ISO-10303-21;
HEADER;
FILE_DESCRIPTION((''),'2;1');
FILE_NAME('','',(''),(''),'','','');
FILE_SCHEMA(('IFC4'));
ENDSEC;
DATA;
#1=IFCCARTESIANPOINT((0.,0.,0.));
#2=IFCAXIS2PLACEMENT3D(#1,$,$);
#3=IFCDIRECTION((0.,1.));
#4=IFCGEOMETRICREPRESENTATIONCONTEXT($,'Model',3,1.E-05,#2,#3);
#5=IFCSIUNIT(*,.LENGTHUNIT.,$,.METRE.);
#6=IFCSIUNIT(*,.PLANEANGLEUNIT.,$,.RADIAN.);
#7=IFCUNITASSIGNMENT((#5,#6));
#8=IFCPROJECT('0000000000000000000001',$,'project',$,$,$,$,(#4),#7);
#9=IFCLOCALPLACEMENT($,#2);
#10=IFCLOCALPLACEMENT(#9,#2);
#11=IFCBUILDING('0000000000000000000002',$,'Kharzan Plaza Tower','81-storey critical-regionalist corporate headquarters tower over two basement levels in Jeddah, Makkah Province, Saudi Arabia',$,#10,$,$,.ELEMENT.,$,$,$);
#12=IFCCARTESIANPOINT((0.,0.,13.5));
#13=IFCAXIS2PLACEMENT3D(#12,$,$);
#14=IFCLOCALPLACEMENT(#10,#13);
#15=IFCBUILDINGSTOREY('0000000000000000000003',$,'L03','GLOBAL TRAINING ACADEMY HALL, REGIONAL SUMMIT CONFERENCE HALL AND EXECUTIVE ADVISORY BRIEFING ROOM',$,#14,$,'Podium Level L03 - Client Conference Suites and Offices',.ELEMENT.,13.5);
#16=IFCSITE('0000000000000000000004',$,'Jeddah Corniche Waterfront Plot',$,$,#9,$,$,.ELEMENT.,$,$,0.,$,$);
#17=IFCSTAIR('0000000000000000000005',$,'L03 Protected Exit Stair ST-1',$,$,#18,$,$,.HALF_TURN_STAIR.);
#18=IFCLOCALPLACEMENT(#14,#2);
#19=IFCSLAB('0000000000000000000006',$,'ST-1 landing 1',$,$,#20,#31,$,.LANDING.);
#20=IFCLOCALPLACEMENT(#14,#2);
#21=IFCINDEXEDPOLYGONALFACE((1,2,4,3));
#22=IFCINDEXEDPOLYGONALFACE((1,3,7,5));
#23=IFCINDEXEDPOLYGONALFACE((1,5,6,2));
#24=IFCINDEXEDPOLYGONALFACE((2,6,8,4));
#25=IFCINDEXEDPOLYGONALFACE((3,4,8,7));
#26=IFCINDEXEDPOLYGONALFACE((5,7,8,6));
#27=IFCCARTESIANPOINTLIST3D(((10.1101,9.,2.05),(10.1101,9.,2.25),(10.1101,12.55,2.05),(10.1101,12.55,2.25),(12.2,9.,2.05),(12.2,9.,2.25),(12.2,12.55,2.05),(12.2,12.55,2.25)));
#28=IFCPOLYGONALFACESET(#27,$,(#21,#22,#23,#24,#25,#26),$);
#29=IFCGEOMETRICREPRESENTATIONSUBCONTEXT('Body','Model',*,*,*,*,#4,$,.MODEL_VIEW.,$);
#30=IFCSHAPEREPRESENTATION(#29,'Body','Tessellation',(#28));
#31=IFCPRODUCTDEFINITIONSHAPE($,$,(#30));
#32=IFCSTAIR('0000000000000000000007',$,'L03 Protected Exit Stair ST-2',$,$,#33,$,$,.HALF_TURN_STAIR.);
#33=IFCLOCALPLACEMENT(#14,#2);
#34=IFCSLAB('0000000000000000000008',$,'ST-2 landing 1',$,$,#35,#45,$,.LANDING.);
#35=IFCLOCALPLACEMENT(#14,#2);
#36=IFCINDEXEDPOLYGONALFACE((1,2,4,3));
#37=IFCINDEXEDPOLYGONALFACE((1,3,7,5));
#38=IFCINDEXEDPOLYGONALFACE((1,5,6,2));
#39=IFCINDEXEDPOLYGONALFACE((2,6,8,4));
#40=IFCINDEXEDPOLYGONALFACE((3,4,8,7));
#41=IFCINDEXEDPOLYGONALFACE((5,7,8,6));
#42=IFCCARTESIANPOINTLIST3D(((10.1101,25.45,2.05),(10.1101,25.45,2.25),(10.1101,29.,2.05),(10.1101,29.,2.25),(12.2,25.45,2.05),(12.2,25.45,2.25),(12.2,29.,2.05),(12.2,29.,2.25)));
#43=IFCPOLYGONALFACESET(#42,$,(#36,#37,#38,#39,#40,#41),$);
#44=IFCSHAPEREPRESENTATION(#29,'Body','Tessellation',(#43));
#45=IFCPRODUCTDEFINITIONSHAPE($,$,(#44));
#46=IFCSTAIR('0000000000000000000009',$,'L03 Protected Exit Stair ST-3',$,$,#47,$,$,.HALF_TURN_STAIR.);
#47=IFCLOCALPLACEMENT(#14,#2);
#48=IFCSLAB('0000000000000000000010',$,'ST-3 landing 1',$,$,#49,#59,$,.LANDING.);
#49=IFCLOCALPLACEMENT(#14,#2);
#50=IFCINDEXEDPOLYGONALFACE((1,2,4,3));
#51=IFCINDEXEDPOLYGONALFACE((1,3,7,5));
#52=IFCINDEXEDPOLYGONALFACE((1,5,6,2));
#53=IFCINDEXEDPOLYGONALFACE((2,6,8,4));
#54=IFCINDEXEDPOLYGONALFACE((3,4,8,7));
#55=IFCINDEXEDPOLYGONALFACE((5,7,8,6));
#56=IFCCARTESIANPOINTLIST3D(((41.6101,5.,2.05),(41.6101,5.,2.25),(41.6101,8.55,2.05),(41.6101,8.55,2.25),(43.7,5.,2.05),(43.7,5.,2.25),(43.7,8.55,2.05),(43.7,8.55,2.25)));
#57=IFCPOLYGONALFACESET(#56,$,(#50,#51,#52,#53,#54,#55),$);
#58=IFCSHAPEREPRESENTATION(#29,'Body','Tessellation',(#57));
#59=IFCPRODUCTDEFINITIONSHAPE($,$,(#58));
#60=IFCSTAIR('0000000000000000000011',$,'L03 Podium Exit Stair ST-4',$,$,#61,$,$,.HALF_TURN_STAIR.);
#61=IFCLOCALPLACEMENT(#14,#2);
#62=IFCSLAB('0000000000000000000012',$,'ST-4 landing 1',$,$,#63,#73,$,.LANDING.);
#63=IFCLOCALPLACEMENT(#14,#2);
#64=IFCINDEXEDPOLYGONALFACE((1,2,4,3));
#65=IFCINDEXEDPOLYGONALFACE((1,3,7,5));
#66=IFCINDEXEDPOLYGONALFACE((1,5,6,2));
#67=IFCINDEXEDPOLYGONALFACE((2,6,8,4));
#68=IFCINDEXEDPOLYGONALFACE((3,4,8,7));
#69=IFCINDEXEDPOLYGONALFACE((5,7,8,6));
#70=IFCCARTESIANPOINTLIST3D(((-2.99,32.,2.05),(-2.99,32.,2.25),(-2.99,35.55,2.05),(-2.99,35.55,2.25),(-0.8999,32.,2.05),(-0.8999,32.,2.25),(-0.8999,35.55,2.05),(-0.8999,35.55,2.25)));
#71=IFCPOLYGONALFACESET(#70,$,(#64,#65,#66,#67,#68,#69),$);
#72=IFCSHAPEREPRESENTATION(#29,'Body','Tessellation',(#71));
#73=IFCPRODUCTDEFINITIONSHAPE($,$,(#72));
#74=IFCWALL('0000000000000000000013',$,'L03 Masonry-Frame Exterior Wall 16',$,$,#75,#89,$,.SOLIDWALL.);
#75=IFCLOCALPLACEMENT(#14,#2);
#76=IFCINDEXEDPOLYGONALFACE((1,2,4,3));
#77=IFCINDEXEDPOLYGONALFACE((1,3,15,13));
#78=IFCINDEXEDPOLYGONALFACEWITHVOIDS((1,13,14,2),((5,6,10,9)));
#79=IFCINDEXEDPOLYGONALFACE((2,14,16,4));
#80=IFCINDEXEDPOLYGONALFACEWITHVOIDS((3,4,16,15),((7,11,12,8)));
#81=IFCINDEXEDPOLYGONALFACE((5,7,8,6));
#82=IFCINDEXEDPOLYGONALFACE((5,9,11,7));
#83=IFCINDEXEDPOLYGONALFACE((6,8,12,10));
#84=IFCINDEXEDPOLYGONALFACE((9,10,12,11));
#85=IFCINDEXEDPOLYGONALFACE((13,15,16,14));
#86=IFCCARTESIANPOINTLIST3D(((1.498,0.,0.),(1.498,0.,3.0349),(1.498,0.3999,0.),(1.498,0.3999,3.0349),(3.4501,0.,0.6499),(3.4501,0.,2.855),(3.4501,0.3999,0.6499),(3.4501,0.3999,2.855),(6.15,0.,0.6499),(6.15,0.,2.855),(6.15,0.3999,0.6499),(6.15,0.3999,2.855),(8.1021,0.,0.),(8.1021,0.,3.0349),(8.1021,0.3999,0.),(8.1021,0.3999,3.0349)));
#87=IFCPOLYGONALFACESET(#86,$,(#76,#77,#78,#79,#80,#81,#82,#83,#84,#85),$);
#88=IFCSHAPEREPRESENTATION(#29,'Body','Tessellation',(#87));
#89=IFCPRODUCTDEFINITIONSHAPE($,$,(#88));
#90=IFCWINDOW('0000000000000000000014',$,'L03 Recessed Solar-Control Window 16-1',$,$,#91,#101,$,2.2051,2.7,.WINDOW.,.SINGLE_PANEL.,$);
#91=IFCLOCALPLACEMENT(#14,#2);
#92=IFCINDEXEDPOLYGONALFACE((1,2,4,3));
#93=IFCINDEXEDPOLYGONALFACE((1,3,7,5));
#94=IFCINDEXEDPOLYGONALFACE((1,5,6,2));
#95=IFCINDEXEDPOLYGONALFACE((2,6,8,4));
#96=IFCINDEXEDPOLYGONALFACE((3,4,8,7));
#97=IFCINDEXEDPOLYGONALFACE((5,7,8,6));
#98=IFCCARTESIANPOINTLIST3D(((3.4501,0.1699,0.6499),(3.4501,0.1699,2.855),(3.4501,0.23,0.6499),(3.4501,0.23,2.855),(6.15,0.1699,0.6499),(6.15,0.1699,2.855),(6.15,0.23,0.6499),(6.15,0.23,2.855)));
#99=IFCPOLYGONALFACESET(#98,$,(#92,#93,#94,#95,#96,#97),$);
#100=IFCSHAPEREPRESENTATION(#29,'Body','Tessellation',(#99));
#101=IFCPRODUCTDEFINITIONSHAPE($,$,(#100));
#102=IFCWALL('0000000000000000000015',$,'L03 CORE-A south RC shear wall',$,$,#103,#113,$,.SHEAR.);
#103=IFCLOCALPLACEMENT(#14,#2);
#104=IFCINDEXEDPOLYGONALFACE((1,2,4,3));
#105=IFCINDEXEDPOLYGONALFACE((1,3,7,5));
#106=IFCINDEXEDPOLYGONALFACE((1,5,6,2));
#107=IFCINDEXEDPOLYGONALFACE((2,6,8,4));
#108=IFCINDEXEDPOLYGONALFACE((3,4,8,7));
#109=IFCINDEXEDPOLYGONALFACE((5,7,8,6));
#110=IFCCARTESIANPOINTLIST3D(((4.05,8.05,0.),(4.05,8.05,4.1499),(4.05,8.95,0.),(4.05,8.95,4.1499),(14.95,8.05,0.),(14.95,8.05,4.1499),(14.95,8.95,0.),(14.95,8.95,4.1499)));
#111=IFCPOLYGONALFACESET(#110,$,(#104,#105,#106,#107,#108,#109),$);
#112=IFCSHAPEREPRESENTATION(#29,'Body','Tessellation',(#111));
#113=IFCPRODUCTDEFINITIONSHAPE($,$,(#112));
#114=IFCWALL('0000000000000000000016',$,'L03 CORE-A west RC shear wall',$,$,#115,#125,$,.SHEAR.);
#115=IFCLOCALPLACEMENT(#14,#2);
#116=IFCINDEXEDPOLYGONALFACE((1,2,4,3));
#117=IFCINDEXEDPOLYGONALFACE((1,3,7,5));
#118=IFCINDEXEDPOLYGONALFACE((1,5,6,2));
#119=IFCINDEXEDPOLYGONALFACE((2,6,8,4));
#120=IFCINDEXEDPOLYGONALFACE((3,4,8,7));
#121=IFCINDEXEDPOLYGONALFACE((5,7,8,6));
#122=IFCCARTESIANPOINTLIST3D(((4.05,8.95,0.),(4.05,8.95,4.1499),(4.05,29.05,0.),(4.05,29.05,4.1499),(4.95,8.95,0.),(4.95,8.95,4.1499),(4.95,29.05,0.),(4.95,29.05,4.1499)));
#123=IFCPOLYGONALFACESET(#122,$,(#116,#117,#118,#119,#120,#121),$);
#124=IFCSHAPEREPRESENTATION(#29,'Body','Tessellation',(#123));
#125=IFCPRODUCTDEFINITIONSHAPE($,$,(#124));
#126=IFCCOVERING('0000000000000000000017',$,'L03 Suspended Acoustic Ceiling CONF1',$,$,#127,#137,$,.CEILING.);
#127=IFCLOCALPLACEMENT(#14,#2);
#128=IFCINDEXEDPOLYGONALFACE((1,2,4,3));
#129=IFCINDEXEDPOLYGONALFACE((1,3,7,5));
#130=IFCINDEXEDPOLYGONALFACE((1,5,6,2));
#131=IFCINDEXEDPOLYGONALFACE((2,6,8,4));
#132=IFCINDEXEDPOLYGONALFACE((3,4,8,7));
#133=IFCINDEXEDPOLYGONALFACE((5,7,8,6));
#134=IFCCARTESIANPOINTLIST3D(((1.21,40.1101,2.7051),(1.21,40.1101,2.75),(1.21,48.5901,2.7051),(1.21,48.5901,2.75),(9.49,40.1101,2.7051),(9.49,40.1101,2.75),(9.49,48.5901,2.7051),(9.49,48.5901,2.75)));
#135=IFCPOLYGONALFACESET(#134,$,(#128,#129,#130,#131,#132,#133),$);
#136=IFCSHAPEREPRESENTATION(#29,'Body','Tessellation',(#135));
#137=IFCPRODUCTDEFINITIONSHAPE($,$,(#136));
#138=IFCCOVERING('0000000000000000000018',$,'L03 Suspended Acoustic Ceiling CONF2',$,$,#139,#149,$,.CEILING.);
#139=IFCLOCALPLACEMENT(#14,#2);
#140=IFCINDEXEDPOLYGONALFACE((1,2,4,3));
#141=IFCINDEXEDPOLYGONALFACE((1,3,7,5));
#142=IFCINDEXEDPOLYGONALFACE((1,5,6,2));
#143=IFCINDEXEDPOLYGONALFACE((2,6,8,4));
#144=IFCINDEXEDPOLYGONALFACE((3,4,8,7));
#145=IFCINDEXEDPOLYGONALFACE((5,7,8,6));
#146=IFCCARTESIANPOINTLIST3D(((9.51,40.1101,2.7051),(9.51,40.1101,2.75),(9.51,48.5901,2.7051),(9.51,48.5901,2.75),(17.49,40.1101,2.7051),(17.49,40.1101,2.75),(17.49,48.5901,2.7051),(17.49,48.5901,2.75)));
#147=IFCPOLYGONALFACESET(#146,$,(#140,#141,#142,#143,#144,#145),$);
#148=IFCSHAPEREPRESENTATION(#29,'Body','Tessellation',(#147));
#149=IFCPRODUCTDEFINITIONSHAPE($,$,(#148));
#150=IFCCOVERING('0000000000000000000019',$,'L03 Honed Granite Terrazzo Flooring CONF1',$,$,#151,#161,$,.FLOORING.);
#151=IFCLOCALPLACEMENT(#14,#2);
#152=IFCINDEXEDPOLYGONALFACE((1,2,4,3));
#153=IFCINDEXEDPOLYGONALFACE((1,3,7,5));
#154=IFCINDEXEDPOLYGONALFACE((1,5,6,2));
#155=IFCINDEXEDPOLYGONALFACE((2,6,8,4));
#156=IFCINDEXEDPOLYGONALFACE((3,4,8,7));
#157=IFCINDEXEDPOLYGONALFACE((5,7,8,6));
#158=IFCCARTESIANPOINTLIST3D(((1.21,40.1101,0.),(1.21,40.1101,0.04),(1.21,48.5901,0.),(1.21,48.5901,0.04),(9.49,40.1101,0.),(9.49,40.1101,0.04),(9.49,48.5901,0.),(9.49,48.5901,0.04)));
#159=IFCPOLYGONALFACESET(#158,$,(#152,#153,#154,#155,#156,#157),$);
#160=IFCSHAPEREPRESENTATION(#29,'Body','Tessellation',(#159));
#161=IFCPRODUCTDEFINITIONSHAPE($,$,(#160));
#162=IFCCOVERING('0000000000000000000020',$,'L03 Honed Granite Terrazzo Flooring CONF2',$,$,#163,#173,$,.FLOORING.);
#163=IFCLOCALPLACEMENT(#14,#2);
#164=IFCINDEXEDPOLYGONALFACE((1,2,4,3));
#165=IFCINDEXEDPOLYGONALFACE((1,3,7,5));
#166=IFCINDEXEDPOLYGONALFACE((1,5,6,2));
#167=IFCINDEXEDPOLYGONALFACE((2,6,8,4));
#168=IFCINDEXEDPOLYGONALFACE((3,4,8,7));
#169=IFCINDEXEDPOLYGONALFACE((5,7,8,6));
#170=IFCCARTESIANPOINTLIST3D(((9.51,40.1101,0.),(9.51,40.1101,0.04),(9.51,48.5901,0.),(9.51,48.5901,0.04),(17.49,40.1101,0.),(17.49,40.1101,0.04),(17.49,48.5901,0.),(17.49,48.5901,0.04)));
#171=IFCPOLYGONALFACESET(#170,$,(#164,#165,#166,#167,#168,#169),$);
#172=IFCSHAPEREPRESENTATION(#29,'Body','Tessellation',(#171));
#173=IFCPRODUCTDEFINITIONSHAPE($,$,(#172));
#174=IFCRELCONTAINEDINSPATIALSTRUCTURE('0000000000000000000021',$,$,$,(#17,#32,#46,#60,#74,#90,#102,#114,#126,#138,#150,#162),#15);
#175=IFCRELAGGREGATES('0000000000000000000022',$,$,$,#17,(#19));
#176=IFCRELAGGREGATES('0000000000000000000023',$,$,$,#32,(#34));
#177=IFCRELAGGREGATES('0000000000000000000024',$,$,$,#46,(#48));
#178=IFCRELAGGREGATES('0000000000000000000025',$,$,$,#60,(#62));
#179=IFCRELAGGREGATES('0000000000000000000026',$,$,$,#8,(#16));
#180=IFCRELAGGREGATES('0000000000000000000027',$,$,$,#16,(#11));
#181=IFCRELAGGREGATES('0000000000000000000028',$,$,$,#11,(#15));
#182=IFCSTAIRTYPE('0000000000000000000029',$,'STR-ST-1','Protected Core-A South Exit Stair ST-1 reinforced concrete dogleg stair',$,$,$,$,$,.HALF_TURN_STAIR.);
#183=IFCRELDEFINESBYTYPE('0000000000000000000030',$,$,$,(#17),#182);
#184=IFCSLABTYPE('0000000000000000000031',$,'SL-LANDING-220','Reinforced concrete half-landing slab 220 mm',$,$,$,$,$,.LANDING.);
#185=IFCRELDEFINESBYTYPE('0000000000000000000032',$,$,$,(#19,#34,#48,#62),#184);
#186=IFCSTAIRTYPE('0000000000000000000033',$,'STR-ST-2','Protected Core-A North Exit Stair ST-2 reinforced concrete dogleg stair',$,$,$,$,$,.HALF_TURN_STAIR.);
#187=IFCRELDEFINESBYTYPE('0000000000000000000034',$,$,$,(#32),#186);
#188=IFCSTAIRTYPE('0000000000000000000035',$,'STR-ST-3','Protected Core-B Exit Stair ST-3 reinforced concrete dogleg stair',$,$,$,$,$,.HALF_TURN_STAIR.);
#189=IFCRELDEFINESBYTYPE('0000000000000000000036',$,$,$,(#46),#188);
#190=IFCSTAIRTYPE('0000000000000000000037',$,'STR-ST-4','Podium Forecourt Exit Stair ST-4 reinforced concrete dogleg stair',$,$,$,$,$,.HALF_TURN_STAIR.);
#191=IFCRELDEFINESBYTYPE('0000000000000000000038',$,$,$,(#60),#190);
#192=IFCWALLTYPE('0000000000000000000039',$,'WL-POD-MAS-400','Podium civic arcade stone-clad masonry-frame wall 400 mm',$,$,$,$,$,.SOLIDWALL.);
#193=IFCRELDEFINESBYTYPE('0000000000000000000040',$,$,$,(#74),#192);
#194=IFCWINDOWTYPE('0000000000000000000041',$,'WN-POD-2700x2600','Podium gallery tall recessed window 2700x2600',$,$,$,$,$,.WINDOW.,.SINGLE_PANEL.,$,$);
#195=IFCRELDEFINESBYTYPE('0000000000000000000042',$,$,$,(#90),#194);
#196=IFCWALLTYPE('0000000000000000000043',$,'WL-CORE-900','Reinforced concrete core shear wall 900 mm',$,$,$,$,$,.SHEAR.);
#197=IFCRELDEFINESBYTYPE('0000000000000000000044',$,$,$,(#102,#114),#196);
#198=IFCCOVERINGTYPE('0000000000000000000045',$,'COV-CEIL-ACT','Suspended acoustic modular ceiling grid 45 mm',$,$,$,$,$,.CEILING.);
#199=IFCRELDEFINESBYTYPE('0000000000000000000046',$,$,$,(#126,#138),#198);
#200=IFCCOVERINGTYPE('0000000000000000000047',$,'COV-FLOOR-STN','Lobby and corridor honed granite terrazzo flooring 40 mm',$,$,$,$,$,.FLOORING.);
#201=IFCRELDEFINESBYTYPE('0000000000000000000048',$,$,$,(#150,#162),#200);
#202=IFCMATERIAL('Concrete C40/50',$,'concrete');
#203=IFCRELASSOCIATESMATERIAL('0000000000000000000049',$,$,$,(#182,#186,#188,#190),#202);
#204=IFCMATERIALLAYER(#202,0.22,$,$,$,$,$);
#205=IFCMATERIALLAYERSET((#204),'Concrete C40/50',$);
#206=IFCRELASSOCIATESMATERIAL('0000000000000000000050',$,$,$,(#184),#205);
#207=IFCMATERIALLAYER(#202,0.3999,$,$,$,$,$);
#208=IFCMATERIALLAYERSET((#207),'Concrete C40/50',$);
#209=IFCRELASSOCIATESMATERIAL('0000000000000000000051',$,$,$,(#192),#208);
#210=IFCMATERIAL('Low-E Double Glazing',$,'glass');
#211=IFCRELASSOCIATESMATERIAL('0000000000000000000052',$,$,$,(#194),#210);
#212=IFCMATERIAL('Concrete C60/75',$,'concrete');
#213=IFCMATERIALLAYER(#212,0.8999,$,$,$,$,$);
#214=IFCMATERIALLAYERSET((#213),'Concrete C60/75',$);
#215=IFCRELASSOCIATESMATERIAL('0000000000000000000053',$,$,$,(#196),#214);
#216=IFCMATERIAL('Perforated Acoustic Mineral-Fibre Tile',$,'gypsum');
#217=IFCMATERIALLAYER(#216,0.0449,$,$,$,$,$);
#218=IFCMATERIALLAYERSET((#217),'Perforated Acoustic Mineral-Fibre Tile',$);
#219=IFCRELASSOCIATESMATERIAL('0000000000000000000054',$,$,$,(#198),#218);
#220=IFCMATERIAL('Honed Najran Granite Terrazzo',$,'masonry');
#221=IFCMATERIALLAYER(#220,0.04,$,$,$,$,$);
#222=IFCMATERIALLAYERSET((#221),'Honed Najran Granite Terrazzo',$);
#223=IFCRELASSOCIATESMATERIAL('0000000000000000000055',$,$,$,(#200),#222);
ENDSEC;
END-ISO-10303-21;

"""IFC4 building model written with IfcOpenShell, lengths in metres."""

from ifc_helpers import new_model, si_unit, direction, frame, frame_2d, origin, place, context, subcontext, project, spatial, polyline, rectangle, outline, extrude, source, transform, mapped, material, layer, layer_set, type_object, element, fill, aggregate, save


model = new_model("IFC4")

# Units and contexts
model_context = context("Model", 3, precision=1e-05, world=origin(), true_north=direction((0.0, 1.0)))
body_context = subcontext(model_context, "Body", "Model", "MODEL_VIEW")
ifc_project = project(units=[si_unit("LENGTHUNIT", "METRE"), si_unit("PLANEANGLEUNIT", "RADIAN")], contexts=[model_context])

# Site, building, storey
site_placement = place(None, origin())
site = spatial("IfcSite", under=ifc_project, at=site_placement, Name="Jeddah Corniche Waterfront Plot", CompositionType="ELEMENT", RefElevation=0.0)
building_placement = place(site_placement, origin())
building = spatial("IfcBuilding", under=site, at=building_placement, Name="Kharzan Plaza Tower", Description="81-storey critical-regionalist corporate headquarters tower over two basement levels in Jeddah, Makkah Province, Saudi Arabia", CompositionType="ELEMENT")
storey_placement = place(building_placement, frame((0.0, 0.0, 13.5)))
storey = spatial("IfcBuildingStorey", under=building, at=storey_placement, Name="L03", Description="GLOBAL TRAINING ACADEMY HALL, REGIONAL SUMMIT CONFERENCE HALL AND EXECUTIVE ADVISORY BRIEFING ROOM", LongName="Podium Level L03 - Client Conference Suites and Offices", CompositionType="ELEMENT", Elevation=13.5)

# Shared definitions
ifc_material_1 = material(Name="Concrete C60/75", Category="concrete")

# Shared definitions
ifc_material_2 = material(Name="Concrete C40/50", Category="concrete")

# Stairs, slabs
stair_type_1 = type_object("IfcStairType", Name="STR-ST-1", Description="Protected Core-A South Exit Stair ST-1 reinforced concrete dogleg stair", PredefinedType="HALF_TURN_STAIR", material=ifc_material_2)
stair_1_placement = place(storey_placement, origin())
stair_1 = element("IfcStair", 1, at=stair_1_placement, inside=storey, type_object=stair_type_1, Name="L03 Protected Exit Stair ST-1", PredefinedType="HALF_TURN_STAIR")
ifc_layer_1 = layer(ifc_material_2, 0.22)
ifc_layer_set_1 = layer_set([ifc_layer_1], Name="Concrete C40/50")
slab_type_1 = type_object("IfcSlabType", Name="SL-LANDING-220", Description="Reinforced concrete half-landing slab 220 mm", PredefinedType="LANDING", material=ifc_layer_set_1)
slab_1_placement = place(storey_placement, frame((0.0, 0.0, 2.05)))
slab_1 = element("IfcSlab", 2, at=slab_1_placement, type_object=slab_type_1, Name="ST-1 landing 1", PredefinedType="LANDING", context=body_context, shape_type="SweptSolid", body=[
    extrude(outline(polyline([(10.1101, 9.0), (12.2, 9.0), (12.2, 12.55), (10.1101, 12.55), (10.1101, 9.0)])), origin(), (0.0, 0.0, 1.0), 0.2),
])
aggregate(stair_1, [slab_1])
stair_type_2 = type_object("IfcStairType", Name="STR-ST-2", Description="Protected Core-A North Exit Stair ST-2 reinforced concrete dogleg stair", PredefinedType="HALF_TURN_STAIR", material=ifc_material_2)
stair_2_placement = place(storey_placement, origin())
stair_2 = element("IfcStair", 3, at=stair_2_placement, inside=storey, type_object=stair_type_2, Name="L03 Protected Exit Stair ST-2", PredefinedType="HALF_TURN_STAIR")
slab_2_placement = place(storey_placement, frame((0.0, 0.0, 2.05)))
slab_2 = element("IfcSlab", 4, at=slab_2_placement, type_object=slab_type_1, Name="ST-2 landing 1", PredefinedType="LANDING", context=body_context, shape_type="SweptSolid", body=[
    extrude(outline(polyline([(10.1101, 25.45), (12.2, 25.45), (12.2, 29.0), (10.1101, 29.0), (10.1101, 25.45)])), origin(), (0.0, 0.0, 1.0), 0.2),
])
aggregate(stair_2, [slab_2])
stair_type_3 = type_object("IfcStairType", Name="STR-ST-3", Description="Protected Core-B Exit Stair ST-3 reinforced concrete dogleg stair", PredefinedType="HALF_TURN_STAIR", material=ifc_material_2)
stair_3_placement = place(storey_placement, origin())
stair_3 = element("IfcStair", 5, at=stair_3_placement, inside=storey, type_object=stair_type_3, Name="L03 Protected Exit Stair ST-3", PredefinedType="HALF_TURN_STAIR")
slab_3_placement = place(storey_placement, frame((0.0, 0.0, 2.05)))
slab_3 = element("IfcSlab", 6, at=slab_3_placement, type_object=slab_type_1, Name="ST-3 landing 1", PredefinedType="LANDING", context=body_context, shape_type="SweptSolid", body=[
    extrude(outline(polyline([(41.6101, 5.0), (43.7, 5.0), (43.7, 8.55), (41.6101, 8.55), (41.6101, 5.0)])), origin(), (0.0, 0.0, 1.0), 0.2),
])
aggregate(stair_3, [slab_3])
stair_type_4 = type_object("IfcStairType", Name="STR-ST-4", Description="Podium Forecourt Exit Stair ST-4 reinforced concrete dogleg stair", PredefinedType="HALF_TURN_STAIR", material=ifc_material_2)
stair_4_placement = place(storey_placement, origin())
stair_4 = element("IfcStair", 7, at=stair_4_placement, inside=storey, type_object=stair_type_4, Name="L03 Podium Exit Stair ST-4", PredefinedType="HALF_TURN_STAIR")
slab_4_placement = place(storey_placement, frame((0.0, 0.0, 2.05)))
slab_4 = element("IfcSlab", 8, at=slab_4_placement, type_object=slab_type_1, Name="ST-4 landing 1", PredefinedType="LANDING", context=body_context, shape_type="SweptSolid", body=[
    extrude(outline(polyline([(-2.99, 32.0), (-0.8999, 32.0), (-0.8999, 35.55), (-2.99, 35.55), (-2.99, 32.0)])), origin(), (0.0, 0.0, 1.0), 0.2),
])
aggregate(stair_4, [slab_4])

# Wall, opening, window
ifc_layer_2 = layer(ifc_material_2, 0.3999)
ifc_layer_set_2 = layer_set([ifc_layer_2], Name="Concrete C40/50")
wall_type_1 = type_object("IfcWallType", Name="WL-POD-MAS-400", Description="Podium civic arcade stone-clad masonry-frame wall 400 mm", PredefinedType="SOLIDWALL", material=ifc_layer_set_2)
wall_1_placement = place(storey_placement, frame((1.498, 0.2, 0.0), z_axis=(0.0, 0.0, 1.0), x_axis=(1.0, 0.0, 0.0)))
wall_1 = element("IfcWall", 9, at=wall_1_placement, inside=storey, type_object=wall_type_1, Name="L03 Masonry-Frame Exterior Wall 16", PredefinedType="SOLIDWALL", context=body_context, shape_type="SweptSolid", body=[
    extrude(rectangle(XDim=6.604, YDim=0.3999, at=frame_2d((3.302, 0.0))), origin(), (0.0, 0.0, 1.0), 3.0349),
])
opening_placement = place(wall_1_placement, frame((1.9519, 0.0, 0.6499)))
opening = element("IfcOpeningElement", 10, at=opening_placement, cuts=wall_1, PredefinedType="OPENING", context=body_context, shape_type="SweptSolid", body=[
    extrude(rectangle(XDim=2.7, YDim=2.2051, at=frame_2d((1.3501, 1.1025))), frame((0.0, 0.21, 0.0), z_axis=(0.0, -1.0, 0.0), x_axis=(1.0, 0.0, 0.0)), (0.0, 0.0, 1.0), 0.4199),
])
ifc_material_3 = material(Name="Low-E Double Glazing", Category="glass")
window_type = type_object("IfcWindowType", Name="WN-POD-2700x2600", Description="Podium gallery tall recessed window 2700x2600", PartitioningType="SINGLE_PANEL", PredefinedType="WINDOW", material=ifc_material_3)
shared_shape_1 = source(origin(), body_context, "Body", "SweptSolid", [
    extrude(rectangle(XDim=2.7, YDim=2.2051, at=frame_2d((1.3501, 1.1025))), frame((0.0, 0.03, 0.0), z_axis=(0.0, -1.0, 0.0), x_axis=(1.0, 0.0, 0.0)), (0.0, 0.0, 1.0), 0.0601),
])
window_placement = place(opening_placement, origin())
window = element("IfcWindow", 11, at=window_placement, inside=storey, type_object=window_type, Name="L03 Recessed Solar-Control Window 16-1", OverallHeight=2.2051, OverallWidth=2.7, PartitioningType="SINGLE_PANEL", PredefinedType="WINDOW", context=body_context, shape_type="MappedRepresentation", body=[
    mapped(shared_shape_1, transform((0.0, 0.0, 0.0), x_axis=(1.0, 0.0, 0.0), y_axis=(0.0, 1.0, 0.0), z_axis=(0.0, 0.0, 1.0))),
])
fill(opening, window)

# Walls
ifc_layer_3 = layer(ifc_material_1, 0.8999)
ifc_layer_set_3 = layer_set([ifc_layer_3], Name="Concrete C60/75")
wall_type_2 = type_object("IfcWallType", Name="WL-CORE-900", Description="Reinforced concrete core shear wall 900 mm", PredefinedType="SHEAR", material=ifc_layer_set_3)
shared_shape_2 = source(origin(), body_context, "Body", "SweptSolid", [
    extrude(rectangle(XDim=10.8999, YDim=0.8999, at=frame_2d((5.45, 0.0))), origin(), (0.0, 0.0, 1.0), 4.1499),
])
wall_2_placement = place(storey_placement, frame((4.05, 8.5, 0.0), z_axis=(0.0, 0.0, 1.0), x_axis=(1.0, 0.0, 0.0)))
element("IfcWall", 12, at=wall_2_placement, inside=storey, type_object=wall_type_2, Name="L03 CORE-A south RC shear wall", PredefinedType="SHEAR", context=body_context, shape_type="MappedRepresentation", body=[
    mapped(shared_shape_2, transform((0.0, 0.0, 0.0), x_axis=(1.0, 0.0, 0.0), y_axis=(0.0, 1.0, 0.0), z_axis=(0.0, 0.0, 1.0))),
])
shared_shape_3 = source(origin(), body_context, "Body", "SweptSolid", [
    extrude(rectangle(XDim=20.1001, YDim=0.8999, at=frame_2d((10.05, 0.0))), origin(), (0.0, 0.0, 1.0), 4.1499),
])
wall_3_placement = place(storey_placement, frame((4.5, 8.95, 0.0), z_axis=(0.0, 0.0, 1.0), x_axis=(0.0, 1.0, 0.0)))
element("IfcWall", 13, at=wall_3_placement, inside=storey, type_object=wall_type_2, Name="L03 CORE-A west RC shear wall", PredefinedType="SHEAR", context=body_context, shape_type="MappedRepresentation", body=[
    mapped(shared_shape_3, transform((0.0, 0.0, 0.0), x_axis=(1.0, 0.0, 0.0), y_axis=(0.0, 1.0, 0.0), z_axis=(0.0, 0.0, 1.0))),
])

# Coverings
ifc_material_4 = material(Name="Perforated Acoustic Mineral-Fibre Tile", Category="gypsum")
ifc_layer_4 = layer(ifc_material_4, 0.0449)
ifc_layer_set_4 = layer_set([ifc_layer_4], Name="Perforated Acoustic Mineral-Fibre Tile")
covering_type_1 = type_object("IfcCoveringType", Name="COV-CEIL-ACT", Description="Suspended acoustic modular ceiling grid 45 mm", PredefinedType="CEILING", material=ifc_layer_set_4)
covering_1_placement = place(storey_placement, frame((0.0, 0.0, 2.7051)))
element("IfcCovering", 14, at=covering_1_placement, inside=storey, type_object=covering_type_1, Name="L03 Suspended Acoustic Ceiling CONF1", PredefinedType="CEILING", context=body_context, shape_type="SweptSolid", body=[
    extrude(outline(polyline([(1.21, 40.1101), (9.49, 40.1101), (9.49, 48.5901), (1.21, 48.5901), (1.21, 40.1101)])), origin(), (0.0, 0.0, 1.0), 0.0449),
])
covering_2_placement = place(storey_placement, frame((0.0, 0.0, 2.7051)))
element("IfcCovering", 15, at=covering_2_placement, inside=storey, type_object=covering_type_1, Name="L03 Suspended Acoustic Ceiling CONF2", PredefinedType="CEILING", context=body_context, shape_type="SweptSolid", body=[
    extrude(outline(polyline([(9.51, 40.1101), (17.49, 40.1101), (17.49, 48.5901), (9.51, 48.5901), (9.51, 40.1101)])), origin(), (0.0, 0.0, 1.0), 0.0449),
])
ifc_material_5 = material(Name="Honed Najran Granite Terrazzo", Category="masonry")
ifc_layer_5 = layer(ifc_material_5, 0.04)
ifc_layer_set_5 = layer_set([ifc_layer_5], Name="Honed Najran Granite Terrazzo")
covering_type_2 = type_object("IfcCoveringType", Name="COV-FLOOR-STN", Description="Lobby and corridor honed granite terrazzo flooring 40 mm", PredefinedType="FLOORING", material=ifc_layer_set_5)
covering_3_placement = place(storey_placement, origin())
element("IfcCovering", 16, at=covering_3_placement, inside=storey, type_object=covering_type_2, Name="L03 Honed Granite Terrazzo Flooring CONF1", PredefinedType="FLOORING", context=body_context, shape_type="SweptSolid", body=[
    extrude(outline(polyline([(1.21, 40.1101), (9.49, 40.1101), (9.49, 48.5901), (1.21, 48.5901), (1.21, 40.1101)])), origin(), (0.0, 0.0, 1.0), 0.04),
])
covering_4_placement = place(storey_placement, origin())
element("IfcCovering", 17, at=covering_4_placement, inside=storey, type_object=covering_type_2, Name="L03 Honed Granite Terrazzo Flooring CONF2", PredefinedType="FLOORING", context=body_context, shape_type="SweptSolid", body=[
    extrude(outline(polyline([(9.51, 40.1101), (17.49, 40.1101), (17.49, 48.5901), (9.51, 48.5901), (9.51, 40.1101)])), origin(), (0.0, 0.0, 1.0), 0.04),
])

save(model, "model.ifc")
